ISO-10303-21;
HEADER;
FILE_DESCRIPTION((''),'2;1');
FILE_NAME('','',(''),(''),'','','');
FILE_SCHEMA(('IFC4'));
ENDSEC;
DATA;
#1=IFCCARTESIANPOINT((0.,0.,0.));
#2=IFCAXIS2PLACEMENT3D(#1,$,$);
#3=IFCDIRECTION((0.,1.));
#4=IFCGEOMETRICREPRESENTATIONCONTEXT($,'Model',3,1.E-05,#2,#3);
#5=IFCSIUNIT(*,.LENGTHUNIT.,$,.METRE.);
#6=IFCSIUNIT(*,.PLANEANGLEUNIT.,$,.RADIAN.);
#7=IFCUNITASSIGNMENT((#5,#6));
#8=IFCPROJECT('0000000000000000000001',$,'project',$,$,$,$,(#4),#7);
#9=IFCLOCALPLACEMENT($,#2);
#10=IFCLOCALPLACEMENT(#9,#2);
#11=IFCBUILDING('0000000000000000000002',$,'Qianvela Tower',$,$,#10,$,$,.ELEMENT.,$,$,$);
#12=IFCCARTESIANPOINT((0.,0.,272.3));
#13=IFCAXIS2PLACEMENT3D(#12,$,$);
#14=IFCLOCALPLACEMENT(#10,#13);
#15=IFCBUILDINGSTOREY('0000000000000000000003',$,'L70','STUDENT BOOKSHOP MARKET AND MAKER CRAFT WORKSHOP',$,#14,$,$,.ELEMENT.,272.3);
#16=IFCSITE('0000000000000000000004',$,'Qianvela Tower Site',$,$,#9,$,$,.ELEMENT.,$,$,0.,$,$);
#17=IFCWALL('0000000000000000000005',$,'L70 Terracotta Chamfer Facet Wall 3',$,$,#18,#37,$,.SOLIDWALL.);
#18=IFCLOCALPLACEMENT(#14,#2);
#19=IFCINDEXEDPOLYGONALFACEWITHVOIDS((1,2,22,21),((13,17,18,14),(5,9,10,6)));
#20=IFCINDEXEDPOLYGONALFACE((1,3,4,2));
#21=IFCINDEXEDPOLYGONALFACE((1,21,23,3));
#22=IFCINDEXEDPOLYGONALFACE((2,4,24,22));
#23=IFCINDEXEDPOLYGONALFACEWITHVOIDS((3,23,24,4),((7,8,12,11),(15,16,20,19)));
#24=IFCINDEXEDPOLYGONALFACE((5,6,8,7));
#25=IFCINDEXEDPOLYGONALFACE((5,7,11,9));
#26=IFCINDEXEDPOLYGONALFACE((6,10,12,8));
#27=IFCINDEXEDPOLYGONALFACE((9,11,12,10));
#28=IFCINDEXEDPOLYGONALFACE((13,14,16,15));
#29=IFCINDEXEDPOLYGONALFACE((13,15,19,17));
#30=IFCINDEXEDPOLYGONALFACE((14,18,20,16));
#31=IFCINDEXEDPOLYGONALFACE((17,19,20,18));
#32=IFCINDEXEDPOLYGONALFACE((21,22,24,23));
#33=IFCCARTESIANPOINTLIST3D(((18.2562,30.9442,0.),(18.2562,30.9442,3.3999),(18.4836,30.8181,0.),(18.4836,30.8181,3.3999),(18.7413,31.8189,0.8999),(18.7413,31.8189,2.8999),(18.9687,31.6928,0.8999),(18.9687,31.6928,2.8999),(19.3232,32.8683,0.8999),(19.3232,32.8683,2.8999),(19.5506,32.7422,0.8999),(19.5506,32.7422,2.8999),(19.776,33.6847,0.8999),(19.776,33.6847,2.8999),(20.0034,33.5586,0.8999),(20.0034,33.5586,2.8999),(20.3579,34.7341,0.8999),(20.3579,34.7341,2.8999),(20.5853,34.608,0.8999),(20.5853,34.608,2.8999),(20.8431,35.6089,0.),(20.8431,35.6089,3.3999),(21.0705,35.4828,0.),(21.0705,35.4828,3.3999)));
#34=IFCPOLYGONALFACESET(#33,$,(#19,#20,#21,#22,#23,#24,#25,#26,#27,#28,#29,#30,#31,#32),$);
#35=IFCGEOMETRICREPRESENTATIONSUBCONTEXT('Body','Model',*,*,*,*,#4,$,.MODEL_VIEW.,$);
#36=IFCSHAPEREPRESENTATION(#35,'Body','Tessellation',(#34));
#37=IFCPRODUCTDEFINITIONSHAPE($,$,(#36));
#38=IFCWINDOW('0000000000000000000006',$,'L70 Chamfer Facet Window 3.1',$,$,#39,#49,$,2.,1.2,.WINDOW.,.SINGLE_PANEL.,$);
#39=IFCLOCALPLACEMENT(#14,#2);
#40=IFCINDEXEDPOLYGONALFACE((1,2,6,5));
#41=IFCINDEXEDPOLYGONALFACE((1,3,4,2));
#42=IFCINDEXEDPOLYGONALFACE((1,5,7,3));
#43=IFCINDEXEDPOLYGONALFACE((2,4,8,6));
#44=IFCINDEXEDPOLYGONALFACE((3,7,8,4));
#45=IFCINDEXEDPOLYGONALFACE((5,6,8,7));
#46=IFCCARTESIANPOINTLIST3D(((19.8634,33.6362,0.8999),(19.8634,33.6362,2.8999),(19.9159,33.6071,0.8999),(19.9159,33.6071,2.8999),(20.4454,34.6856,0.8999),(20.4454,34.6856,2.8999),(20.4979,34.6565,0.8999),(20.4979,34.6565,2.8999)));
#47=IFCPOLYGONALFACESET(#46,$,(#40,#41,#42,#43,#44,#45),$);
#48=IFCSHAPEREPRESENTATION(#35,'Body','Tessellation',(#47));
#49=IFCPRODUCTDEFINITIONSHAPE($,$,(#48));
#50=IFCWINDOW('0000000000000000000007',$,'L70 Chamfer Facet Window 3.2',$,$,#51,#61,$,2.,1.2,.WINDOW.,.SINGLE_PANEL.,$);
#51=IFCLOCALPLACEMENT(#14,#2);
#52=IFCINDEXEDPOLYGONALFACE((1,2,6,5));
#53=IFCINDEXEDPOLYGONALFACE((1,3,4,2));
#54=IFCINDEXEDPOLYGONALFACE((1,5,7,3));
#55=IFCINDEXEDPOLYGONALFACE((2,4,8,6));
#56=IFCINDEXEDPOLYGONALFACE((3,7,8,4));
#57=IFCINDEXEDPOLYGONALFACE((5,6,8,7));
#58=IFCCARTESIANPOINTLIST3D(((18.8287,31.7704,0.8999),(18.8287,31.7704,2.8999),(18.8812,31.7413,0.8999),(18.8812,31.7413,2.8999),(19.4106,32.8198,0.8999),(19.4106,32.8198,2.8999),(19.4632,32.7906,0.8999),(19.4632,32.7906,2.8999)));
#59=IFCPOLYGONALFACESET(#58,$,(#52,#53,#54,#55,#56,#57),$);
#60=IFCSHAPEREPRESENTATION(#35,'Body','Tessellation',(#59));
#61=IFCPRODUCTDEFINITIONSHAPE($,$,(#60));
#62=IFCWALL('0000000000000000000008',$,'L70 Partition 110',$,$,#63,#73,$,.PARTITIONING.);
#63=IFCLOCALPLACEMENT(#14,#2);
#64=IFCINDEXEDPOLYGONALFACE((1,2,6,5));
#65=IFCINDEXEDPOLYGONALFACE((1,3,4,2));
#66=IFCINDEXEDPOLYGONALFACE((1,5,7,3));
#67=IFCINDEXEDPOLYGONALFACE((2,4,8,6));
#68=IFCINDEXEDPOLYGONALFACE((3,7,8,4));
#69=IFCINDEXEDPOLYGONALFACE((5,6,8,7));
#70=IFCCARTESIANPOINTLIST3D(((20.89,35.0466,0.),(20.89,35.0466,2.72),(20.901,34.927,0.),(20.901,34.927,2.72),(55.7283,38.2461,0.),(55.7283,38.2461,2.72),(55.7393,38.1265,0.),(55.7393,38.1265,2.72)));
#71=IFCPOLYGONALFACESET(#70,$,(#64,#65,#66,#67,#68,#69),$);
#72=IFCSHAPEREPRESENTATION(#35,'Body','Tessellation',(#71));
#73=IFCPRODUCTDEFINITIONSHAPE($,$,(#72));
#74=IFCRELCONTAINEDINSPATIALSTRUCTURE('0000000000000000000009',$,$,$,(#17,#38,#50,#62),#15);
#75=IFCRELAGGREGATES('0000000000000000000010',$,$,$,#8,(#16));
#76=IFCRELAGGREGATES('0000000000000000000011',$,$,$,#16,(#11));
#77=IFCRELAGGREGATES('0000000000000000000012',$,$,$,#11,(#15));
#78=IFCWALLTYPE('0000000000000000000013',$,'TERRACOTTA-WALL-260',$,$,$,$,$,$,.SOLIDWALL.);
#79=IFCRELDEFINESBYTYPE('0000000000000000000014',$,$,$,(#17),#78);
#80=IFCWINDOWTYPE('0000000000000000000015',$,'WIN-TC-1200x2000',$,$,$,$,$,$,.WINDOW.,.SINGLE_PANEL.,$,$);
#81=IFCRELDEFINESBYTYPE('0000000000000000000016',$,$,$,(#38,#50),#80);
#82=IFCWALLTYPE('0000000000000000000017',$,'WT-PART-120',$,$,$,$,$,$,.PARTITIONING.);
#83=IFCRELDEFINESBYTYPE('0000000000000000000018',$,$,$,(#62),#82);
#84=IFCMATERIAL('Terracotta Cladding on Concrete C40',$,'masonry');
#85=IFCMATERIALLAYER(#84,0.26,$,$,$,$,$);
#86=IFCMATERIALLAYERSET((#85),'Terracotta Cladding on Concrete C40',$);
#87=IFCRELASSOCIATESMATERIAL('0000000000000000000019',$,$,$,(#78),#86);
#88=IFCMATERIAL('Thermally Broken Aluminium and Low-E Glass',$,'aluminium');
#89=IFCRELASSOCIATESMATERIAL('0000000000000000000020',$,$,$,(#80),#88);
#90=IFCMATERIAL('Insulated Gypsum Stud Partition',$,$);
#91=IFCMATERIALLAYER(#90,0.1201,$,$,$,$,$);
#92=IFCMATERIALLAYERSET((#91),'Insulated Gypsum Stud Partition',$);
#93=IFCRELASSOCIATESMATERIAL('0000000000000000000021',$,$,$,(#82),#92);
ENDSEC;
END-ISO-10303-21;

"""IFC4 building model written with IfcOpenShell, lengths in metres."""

from ifc_helpers import new_model, si_unit, direction, frame, frame_2d, origin, place, context, subcontext, project, spatial, rectangle, extrude, material, layer, layer_set, type_object, element, fill, save


model = new_model("IFC4")

# Units and contexts
model_context = context("Model", 3, precision=1e-05, world=origin(), true_north=direction((0.0, 1.0)))
body_context = subcontext(model_context, "Body", "Model", "MODEL_VIEW")
ifc_project = project(units=[si_unit("LENGTHUNIT", "METRE"), si_unit("PLANEANGLEUNIT", "RADIAN")], contexts=[model_context])

# Site, building, storey
site_placement = place(None, origin())
site = spatial("IfcSite", under=ifc_project, at=site_placement, Name="Qianvela Tower Site", CompositionType="ELEMENT", RefElevation=0.0)
building_placement = place(site_placement, origin())
building = spatial("IfcBuilding", under=site, at=building_placement, Name="Qianvela Tower", CompositionType="ELEMENT")
storey_placement = place(building_placement, frame((0.0, 0.0, 272.3)))
storey = spatial("IfcBuildingStorey", under=building, at=storey_placement, Name="L70", Description="STUDENT BOOKSHOP MARKET AND MAKER CRAFT WORKSHOP", CompositionType="ELEMENT", Elevation=272.3)

# Wall, openings, windows
ifc_material_1 = material(Name="Terracotta Cladding on Concrete C40", Category="masonry")
ifc_layer_1 = layer(ifc_material_1, 0.26)
ifc_layer_set_1 = layer_set([ifc_layer_1], Name="Terracotta Cladding on Concrete C40")
wall_type_1 = type_object("IfcWallType", Name="TERRACOTTA-WALL-260", PredefinedType="SOLIDWALL", material=ifc_layer_set_1)
wall_1_placement = place(storey_placement, frame((20.9568, 35.5459, 0.0), z_axis=(0.0, 0.0, 1.0), x_axis=(-0.484978, -0.874526, 0.0)))
wall_1 = element("IfcWall", 1, at=wall_1_placement, inside=storey, type_object=wall_type_1, Name="L70 Terracotta Chamfer Facet Wall 3", PredefinedType="SOLIDWALL", context=body_context, shape_type="SweptSolid", body=[
    extrude(rectangle(XDim=5.334, YDim=0.26, at=frame_2d((2.667, 0.0))), origin(), (0.0, 0.0, 1.0), 3.3999),
])
opening_1_placement = place(wall_1_placement, frame((1.0002, 0.0, 0.8999)))
opening_1 = element("IfcOpeningElement", 2, at=opening_1_placement, cuts=wall_1, PredefinedType="OPENING", context=body_context, shape_type="SweptSolid", body=[
    extrude(rectangle(XDim=1.2, YDim=2.0, at=frame_2d((0.6001, 1.0))), frame((0.0, 0.1399, 0.0), z_axis=(0.0, -1.0, 0.0), x_axis=(1.0, 0.0, 0.0)), (0.0, 0.0, 1.0), 0.28),
])
opening_2_placement = place(wall_1_placement, frame((3.1338, 0.0, 0.8999)))
opening_2 = element("IfcOpeningElement", 3, at=opening_2_placement, cuts=wall_1, PredefinedType="OPENING", context=body_context, shape_type="SweptSolid", body=[
    extrude(rectangle(XDim=1.2, YDim=2.0, at=frame_2d((0.6001, 1.0))), frame((0.0, 0.1399, 0.0), z_axis=(0.0, -1.0, 0.0), x_axis=(1.0, 0.0, 0.0)), (0.0, 0.0, 1.0), 0.28),
])
ifc_material_2 = material(Name="Thermally Broken Aluminium and Low-E Glass", Category="aluminium")
window_type = type_object("IfcWindowType", Name="WIN-TC-1200x2000", PartitioningType="SINGLE_PANEL", PredefinedType="WINDOW", material=ifc_material_2)
window_1_placement = place(opening_1_placement, origin())
window_1 = element("IfcWindow", 4, at=window_1_placement, inside=storey, type_object=window_type, Name="L70 Chamfer Facet Window 3.1", OverallHeight=2.0, OverallWidth=1.2, PartitioningType="SINGLE_PANEL", PredefinedType="WINDOW", context=body_context, shape_type="SweptSolid", body=[
    extrude(rectangle(XDim=1.2, YDim=2.0, at=frame_2d((0.6001, 1.0))), frame((0.0, 0.03, 0.0), z_axis=(0.0, -1.0, 0.0), x_axis=(1.0, 0.0, 0.0)), (0.0, 0.0, 1.0), 0.0601),
])
fill(opening_1, window_1)
window_2_placement = place(opening_2_placement, origin())
window_2 = element("IfcWindow", 5, at=window_2_placement, inside=storey, type_object=window_type, Name="L70 Chamfer Facet Window 3.2", OverallHeight=2.0, OverallWidth=1.2, PartitioningType="SINGLE_PANEL", PredefinedType="WINDOW", context=body_context, shape_type="SweptSolid", body=[
    extrude(rectangle(XDim=1.2, YDim=2.0, at=frame_2d((0.6001, 1.0))), frame((0.0, 0.03, 0.0), z_axis=(0.0, -1.0, 0.0), x_axis=(1.0, 0.0, 0.0)), (0.0, 0.0, 1.0), 0.0601),
])
fill(opening_2, window_2)

# Wall
ifc_material_3 = material(Name="Insulated Gypsum Stud Partition")
ifc_layer_2 = layer(ifc_material_3, 0.1201)
ifc_layer_set_2 = layer_set([ifc_layer_2], Name="Insulated Gypsum Stud Partition")
wall_type_2 = type_object("IfcWallType", Name="WT-PART-120", PredefinedType="PARTITIONING", material=ifc_layer_set_2)
wall_2_placement = place(storey_placement, frame((20.8955, 34.9868, 0.0), z_axis=(0.0, 0.0, 1.0), x_axis=(0.995809, 0.091453, 0.0)))
element("IfcWall", 6, at=wall_2_placement, inside=storey, type_object=wall_type_2, Name="L70 Partition 110", PredefinedType="PARTITIONING", context=body_context, shape_type="SweptSolid", body=[
    extrude(rectangle(XDim=34.9849, YDim=0.1201, at=frame_2d((17.4924, 0.0))), origin(), (0.0, 0.0, 1.0), 2.72),
])

save(model, "model.ifc")
